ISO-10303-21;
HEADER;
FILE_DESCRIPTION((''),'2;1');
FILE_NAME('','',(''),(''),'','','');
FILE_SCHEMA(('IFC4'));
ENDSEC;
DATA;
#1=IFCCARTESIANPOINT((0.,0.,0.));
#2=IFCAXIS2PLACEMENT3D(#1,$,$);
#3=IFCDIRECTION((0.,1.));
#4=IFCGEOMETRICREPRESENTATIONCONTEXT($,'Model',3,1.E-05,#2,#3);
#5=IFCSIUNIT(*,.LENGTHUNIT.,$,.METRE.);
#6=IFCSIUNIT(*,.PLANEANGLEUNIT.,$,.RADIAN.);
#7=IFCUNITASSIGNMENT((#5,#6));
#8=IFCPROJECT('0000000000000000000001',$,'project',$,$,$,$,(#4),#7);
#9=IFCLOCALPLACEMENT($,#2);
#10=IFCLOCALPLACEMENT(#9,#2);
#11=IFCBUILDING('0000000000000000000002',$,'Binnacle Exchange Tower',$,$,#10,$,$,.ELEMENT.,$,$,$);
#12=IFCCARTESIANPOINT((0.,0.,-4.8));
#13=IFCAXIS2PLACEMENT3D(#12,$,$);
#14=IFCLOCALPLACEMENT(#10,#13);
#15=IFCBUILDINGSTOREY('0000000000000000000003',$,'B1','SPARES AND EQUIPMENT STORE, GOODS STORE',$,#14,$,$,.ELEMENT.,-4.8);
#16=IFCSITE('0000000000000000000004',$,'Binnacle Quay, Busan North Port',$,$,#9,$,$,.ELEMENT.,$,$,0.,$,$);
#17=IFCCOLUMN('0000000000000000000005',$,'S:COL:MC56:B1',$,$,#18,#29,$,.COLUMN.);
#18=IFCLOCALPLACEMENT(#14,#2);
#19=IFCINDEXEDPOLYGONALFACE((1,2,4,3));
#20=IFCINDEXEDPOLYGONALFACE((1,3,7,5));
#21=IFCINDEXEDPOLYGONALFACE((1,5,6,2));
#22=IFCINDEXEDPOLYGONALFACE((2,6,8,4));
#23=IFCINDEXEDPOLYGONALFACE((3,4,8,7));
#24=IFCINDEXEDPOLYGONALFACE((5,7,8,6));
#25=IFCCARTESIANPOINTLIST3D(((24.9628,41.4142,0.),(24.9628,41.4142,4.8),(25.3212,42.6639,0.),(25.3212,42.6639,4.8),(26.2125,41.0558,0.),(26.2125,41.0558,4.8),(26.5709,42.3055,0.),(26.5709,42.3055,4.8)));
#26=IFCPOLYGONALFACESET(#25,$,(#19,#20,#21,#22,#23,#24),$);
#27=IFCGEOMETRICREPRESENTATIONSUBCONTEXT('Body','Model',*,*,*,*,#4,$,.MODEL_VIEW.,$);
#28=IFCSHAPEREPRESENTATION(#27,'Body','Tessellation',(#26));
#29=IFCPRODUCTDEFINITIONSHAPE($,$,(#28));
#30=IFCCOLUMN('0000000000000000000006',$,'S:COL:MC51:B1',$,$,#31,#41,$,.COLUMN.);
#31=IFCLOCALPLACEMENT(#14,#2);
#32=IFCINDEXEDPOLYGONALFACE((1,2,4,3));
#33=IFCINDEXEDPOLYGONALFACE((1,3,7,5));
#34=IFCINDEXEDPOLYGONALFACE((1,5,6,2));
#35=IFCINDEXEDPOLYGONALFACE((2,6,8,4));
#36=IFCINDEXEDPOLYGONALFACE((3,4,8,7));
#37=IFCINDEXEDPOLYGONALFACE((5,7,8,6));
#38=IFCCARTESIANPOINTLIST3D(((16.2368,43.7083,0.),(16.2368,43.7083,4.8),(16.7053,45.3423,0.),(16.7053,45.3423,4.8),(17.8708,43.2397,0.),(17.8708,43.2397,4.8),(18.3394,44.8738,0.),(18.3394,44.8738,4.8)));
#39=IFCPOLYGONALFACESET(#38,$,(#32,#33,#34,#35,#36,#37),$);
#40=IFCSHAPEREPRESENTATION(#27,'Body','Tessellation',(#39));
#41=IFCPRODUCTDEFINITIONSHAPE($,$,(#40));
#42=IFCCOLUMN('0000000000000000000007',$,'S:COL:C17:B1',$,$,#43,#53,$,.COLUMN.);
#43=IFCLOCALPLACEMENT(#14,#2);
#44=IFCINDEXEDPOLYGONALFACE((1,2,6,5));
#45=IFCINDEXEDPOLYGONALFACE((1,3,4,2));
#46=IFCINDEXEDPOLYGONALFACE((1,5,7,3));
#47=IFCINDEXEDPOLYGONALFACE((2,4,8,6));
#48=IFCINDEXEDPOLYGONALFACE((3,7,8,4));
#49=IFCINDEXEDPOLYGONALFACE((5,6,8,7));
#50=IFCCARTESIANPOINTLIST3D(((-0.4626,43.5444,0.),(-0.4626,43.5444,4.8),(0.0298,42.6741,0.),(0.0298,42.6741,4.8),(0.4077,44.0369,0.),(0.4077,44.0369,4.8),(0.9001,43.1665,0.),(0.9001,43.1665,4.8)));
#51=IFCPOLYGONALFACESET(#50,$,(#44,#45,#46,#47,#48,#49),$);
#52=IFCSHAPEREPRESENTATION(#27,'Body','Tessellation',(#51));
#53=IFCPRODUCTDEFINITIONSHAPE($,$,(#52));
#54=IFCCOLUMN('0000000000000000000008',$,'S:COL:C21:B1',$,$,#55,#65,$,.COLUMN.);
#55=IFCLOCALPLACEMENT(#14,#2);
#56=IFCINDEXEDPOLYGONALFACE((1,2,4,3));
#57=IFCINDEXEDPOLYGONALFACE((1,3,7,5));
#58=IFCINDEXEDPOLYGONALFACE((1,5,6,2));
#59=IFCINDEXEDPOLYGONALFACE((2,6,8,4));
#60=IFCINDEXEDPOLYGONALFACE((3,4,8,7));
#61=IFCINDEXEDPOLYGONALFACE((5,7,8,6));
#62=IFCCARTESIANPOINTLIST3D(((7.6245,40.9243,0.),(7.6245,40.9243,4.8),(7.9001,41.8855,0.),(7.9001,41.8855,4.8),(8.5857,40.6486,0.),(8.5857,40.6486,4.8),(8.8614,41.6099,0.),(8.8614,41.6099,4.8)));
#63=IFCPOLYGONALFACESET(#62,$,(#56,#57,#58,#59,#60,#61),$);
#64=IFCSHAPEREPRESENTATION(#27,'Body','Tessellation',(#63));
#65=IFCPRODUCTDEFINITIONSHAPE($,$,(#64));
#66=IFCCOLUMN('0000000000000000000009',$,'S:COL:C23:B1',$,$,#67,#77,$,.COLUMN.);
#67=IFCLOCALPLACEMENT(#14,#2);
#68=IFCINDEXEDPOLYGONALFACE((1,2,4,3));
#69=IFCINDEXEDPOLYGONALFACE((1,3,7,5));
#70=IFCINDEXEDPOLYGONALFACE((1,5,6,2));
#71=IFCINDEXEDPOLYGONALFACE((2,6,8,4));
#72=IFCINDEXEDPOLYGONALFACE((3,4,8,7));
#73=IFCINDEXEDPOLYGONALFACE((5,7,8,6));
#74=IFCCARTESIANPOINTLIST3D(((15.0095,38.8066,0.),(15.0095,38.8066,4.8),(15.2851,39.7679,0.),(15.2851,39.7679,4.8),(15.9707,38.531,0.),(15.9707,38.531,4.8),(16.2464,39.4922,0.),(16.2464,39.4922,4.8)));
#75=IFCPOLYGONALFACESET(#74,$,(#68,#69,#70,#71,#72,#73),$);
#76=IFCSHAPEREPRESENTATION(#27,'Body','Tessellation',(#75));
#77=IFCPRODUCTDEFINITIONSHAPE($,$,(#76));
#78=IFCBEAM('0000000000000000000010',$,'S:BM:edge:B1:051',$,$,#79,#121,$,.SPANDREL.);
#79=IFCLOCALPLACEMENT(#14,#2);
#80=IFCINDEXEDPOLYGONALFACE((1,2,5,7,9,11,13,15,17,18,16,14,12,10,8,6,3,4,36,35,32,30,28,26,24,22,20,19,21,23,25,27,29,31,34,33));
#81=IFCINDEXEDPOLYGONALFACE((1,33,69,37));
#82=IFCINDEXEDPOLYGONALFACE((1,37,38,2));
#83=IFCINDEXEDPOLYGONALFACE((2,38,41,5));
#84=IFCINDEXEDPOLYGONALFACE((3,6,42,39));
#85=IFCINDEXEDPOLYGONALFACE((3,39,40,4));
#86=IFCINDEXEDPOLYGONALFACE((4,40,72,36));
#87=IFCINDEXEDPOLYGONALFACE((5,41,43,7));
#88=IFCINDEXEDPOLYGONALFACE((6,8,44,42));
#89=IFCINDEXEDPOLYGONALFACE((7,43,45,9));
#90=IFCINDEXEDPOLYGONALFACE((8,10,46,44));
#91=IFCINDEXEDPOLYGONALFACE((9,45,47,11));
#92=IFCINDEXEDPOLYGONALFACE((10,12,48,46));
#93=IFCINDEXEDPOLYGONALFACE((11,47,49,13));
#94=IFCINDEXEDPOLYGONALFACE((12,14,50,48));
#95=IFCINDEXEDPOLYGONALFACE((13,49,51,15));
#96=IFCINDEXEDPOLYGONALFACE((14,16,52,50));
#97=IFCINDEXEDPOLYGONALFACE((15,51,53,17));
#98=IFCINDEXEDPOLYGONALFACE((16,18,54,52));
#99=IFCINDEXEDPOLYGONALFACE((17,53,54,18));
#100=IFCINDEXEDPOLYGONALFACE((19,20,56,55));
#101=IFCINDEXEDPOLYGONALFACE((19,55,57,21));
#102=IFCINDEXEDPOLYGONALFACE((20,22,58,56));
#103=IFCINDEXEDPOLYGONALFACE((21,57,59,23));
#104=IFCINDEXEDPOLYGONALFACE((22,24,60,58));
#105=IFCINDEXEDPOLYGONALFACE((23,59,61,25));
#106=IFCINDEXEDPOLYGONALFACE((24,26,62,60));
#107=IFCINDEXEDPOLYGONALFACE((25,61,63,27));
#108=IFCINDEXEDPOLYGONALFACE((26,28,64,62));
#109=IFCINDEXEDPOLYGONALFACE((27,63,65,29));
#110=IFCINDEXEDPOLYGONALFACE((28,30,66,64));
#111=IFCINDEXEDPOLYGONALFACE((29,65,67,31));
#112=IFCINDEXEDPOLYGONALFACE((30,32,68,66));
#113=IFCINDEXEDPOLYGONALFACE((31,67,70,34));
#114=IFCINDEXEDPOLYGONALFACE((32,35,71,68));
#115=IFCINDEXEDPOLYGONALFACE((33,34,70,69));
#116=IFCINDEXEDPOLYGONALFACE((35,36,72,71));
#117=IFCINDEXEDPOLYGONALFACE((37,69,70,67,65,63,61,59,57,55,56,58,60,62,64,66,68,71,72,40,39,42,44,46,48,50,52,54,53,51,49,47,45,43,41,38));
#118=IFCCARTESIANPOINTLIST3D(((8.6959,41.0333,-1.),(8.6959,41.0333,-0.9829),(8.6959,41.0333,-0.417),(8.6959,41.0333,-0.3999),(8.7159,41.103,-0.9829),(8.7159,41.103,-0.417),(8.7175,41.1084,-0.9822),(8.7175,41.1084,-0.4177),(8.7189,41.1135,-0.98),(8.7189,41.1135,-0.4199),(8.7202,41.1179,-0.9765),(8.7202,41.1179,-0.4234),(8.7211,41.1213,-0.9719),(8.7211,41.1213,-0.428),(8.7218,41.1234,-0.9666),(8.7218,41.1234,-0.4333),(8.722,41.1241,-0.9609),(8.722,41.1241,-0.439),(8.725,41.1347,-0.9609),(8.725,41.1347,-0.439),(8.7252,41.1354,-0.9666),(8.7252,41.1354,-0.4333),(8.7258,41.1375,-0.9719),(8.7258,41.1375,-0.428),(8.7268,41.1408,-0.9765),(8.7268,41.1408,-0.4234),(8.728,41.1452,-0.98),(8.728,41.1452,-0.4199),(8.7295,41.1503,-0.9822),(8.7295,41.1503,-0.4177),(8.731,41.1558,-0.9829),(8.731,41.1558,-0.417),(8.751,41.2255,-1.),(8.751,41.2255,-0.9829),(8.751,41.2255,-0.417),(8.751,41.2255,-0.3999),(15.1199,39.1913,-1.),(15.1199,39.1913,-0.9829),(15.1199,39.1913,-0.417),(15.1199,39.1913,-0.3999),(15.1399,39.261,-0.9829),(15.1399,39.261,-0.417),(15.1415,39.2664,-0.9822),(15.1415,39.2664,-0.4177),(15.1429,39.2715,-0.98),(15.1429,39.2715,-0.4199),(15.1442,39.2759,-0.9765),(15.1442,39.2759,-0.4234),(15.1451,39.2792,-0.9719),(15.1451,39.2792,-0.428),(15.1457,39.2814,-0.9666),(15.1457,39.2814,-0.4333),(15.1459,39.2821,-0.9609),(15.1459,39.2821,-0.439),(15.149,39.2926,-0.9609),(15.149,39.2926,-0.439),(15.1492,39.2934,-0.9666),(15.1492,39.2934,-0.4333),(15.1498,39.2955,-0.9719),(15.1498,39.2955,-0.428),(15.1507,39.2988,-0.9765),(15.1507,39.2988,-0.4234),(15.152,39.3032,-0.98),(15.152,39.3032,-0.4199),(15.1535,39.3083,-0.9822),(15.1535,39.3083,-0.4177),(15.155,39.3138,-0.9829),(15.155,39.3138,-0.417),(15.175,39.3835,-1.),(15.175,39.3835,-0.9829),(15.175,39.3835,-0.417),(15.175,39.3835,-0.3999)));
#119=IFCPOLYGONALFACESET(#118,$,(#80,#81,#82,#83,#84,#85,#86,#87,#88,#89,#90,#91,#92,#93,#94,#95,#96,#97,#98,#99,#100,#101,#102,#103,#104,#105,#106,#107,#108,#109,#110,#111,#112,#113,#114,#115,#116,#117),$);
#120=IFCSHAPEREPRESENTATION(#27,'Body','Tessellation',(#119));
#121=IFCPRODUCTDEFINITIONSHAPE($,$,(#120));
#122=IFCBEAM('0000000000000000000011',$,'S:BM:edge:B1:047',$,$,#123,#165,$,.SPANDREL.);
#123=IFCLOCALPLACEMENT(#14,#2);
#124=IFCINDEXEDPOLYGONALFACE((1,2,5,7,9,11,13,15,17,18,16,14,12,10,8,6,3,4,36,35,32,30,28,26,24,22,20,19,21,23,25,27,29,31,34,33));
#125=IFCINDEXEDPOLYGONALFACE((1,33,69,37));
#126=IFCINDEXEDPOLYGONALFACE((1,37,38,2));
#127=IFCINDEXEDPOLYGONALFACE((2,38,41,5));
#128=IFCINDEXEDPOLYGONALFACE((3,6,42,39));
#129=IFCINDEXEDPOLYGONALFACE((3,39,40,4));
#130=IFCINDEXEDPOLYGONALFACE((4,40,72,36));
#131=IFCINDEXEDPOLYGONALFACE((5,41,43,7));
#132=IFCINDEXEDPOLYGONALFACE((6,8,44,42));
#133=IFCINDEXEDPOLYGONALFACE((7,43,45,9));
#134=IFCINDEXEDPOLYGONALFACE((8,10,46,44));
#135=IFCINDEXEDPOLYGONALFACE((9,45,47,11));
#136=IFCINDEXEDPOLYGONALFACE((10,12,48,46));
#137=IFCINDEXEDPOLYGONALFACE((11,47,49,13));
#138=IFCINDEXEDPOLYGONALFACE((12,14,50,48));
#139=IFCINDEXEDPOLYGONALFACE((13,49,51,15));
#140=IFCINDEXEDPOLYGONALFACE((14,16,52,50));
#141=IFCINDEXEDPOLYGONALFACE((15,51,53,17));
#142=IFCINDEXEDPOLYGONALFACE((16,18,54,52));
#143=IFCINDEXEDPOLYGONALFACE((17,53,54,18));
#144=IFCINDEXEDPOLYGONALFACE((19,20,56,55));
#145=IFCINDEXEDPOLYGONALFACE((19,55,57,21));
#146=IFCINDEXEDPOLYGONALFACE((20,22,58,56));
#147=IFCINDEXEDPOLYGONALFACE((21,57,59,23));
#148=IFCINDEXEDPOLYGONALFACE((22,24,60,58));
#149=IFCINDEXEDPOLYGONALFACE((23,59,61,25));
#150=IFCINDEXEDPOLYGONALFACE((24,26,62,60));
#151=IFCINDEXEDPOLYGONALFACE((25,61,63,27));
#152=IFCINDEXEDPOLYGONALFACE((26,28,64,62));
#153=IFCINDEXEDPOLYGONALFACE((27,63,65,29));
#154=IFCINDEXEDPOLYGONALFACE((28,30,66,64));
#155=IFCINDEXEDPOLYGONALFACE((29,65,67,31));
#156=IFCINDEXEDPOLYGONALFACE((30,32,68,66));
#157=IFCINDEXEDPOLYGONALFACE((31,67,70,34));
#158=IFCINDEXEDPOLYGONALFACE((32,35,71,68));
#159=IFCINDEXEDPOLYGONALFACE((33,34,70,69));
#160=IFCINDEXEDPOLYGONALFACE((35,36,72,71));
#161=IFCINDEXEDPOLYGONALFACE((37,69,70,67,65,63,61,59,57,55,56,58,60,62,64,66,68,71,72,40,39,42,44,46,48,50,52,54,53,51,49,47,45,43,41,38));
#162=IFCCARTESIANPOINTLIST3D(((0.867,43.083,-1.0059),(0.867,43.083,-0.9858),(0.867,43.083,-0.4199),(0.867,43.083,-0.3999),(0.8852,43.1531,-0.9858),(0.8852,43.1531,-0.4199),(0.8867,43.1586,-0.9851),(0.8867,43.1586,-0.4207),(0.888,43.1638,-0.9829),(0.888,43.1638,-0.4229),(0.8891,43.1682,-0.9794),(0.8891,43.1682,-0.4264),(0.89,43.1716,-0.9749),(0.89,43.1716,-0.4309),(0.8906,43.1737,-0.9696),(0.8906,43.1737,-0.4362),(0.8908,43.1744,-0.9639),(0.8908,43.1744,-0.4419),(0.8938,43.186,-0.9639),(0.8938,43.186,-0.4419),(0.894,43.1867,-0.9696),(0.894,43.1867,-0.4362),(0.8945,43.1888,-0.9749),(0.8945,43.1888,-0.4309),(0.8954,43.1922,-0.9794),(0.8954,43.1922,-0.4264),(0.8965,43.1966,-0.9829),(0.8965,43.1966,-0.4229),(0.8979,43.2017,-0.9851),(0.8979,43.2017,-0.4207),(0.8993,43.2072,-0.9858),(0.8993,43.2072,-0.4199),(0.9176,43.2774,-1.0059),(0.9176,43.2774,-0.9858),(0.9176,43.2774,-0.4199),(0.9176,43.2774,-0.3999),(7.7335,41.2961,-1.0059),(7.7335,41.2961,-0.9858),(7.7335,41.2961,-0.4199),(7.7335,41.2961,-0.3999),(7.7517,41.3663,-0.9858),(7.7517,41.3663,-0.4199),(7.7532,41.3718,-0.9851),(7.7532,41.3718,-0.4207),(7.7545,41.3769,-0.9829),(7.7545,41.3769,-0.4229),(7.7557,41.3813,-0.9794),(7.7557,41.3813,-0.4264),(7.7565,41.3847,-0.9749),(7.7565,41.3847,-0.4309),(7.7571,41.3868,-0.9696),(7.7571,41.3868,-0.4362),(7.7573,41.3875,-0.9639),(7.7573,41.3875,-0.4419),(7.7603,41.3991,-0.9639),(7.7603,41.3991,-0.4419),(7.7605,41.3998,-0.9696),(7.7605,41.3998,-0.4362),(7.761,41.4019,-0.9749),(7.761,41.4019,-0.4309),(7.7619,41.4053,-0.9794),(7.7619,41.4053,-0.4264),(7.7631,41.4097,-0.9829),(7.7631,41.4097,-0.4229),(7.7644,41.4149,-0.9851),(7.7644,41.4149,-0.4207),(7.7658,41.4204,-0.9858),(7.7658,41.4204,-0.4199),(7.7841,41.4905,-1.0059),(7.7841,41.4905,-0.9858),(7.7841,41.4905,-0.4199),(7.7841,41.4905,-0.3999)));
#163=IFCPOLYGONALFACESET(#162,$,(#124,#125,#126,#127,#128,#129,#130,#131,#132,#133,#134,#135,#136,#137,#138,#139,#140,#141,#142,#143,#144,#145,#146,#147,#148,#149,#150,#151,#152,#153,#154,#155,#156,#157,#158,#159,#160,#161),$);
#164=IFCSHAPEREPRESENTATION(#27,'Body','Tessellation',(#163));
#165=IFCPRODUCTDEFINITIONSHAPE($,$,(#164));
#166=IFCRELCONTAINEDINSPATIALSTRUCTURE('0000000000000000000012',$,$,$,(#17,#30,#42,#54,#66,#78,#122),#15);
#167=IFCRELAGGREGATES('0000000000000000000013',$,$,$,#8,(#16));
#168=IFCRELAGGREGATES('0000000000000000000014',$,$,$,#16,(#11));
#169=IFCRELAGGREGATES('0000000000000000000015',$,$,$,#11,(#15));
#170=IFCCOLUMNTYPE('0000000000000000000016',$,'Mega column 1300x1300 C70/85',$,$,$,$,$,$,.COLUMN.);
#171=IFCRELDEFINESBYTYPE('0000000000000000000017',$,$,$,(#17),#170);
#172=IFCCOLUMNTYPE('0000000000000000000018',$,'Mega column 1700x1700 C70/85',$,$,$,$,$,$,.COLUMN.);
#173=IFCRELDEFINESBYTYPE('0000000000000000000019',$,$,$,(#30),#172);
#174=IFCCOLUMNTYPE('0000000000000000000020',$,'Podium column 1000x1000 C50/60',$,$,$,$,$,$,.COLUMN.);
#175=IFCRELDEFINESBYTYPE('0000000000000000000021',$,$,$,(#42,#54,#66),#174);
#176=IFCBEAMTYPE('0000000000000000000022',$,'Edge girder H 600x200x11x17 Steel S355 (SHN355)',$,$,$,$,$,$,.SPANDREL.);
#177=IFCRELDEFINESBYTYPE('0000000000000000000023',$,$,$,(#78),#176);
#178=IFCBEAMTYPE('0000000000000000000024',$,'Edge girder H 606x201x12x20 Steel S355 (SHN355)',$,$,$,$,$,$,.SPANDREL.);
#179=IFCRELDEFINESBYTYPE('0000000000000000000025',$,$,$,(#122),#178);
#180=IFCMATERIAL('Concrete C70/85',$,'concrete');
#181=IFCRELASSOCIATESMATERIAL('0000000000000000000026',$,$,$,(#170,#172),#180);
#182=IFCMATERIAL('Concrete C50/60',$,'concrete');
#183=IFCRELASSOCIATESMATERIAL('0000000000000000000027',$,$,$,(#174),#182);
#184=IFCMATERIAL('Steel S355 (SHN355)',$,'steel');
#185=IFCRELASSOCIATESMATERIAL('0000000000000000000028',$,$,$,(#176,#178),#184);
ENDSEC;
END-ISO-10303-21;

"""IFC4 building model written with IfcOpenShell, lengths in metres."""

from ifc_helpers import new_model, si_unit, direction, frame, origin, origin_2d, place, context, subcontext, project, spatial, rectangle, i_section, extrude, material, material_profile, profile_set, type_object, element, save


model = new_model("IFC4")

# Units and contexts
model_context = context("Model", 3, precision=1e-05, world=origin(), true_north=direction((0.0, 1.0)))
body_context = subcontext(model_context, "Body", "Model", "MODEL_VIEW")
ifc_project = project(units=[si_unit("LENGTHUNIT", "METRE"), si_unit("PLANEANGLEUNIT", "RADIAN")], contexts=[model_context])

# Site, building, storey
site_placement = place(None, origin())
site = spatial("IfcSite", under=ifc_project, at=site_placement, Name="Binnacle Quay, Busan North Port", CompositionType="ELEMENT", RefElevation=0.0)
building_placement = place(site_placement, origin())
building = spatial("IfcBuilding", under=site, at=building_placement, Name="Binnacle Exchange Tower", CompositionType="ELEMENT")
storey_placement = place(building_placement, frame((0.0, 0.0, -4.8)))
storey = spatial("IfcBuildingStorey", under=building, at=storey_placement, Name="B1", Description="SPARES AND EQUIPMENT STORE, GOODS STORE", CompositionType="ELEMENT", Elevation=-4.8)

# Columns
ifc_material_1 = material(Name="Concrete C70/85", Category="concrete")
ifc_material_profile_1 = material_profile(ifc_material_1, rectangle(XDim=1.3, YDim=1.3, at=origin_2d()), Name="Mega column 1300x1300 C70/85")
ifc_profile_set_1 = profile_set([ifc_material_profile_1], Name="Concrete C70/85")
column_type_1 = type_object("IfcColumnType", Name="Mega column 1300x1300 C70/85", PredefinedType="COLUMN", material=ifc_profile_set_1)
column_1_placement = place(storey_placement, frame((25.7668, 41.8599, 0.0), z_axis=(0.0, 0.0, 1.0), x_axis=(0.961262, -0.275637, 0.0)))
element("IfcColumn", 1, at=column_1_placement, inside=storey, type_object=column_type_1, Name="S:COL:MC56:B1", PredefinedType="COLUMN", context=body_context, shape_type="SweptSolid", body=[
    extrude(rectangle(XDim=1.3, YDim=1.3, at=origin_2d()), origin(), (0.0, 0.0, 1.0), 4.8),
])
ifc_material_profile_2 = material_profile(ifc_material_1, rectangle(XDim=1.7, YDim=1.7, at=origin_2d()), Name="Mega column 1700x1700 C70/85")
ifc_profile_set_2 = profile_set([ifc_material_profile_2], Name="Concrete C70/85")
column_type_2 = type_object("IfcColumnType", Name="Mega column 1700x1700 C70/85", PredefinedType="COLUMN", material=ifc_profile_set_2)
column_2_placement = place(storey_placement, frame((17.2881, 44.291, 0.0), z_axis=(0.0, 0.0, 1.0), x_axis=(0.961262, -0.275637, 0.0)))
element("IfcColumn", 2, at=column_2_placement, inside=storey, type_object=column_type_2, Name="S:COL:MC51:B1", PredefinedType="COLUMN", context=body_context, shape_type="SweptSolid", body=[
    extrude(rectangle(XDim=1.7, YDim=1.7, at=origin_2d()), origin(), (0.0, 0.0, 1.0), 4.8),
])
ifc_material_2 = material(Name="Concrete C50/60", Category="concrete")
ifc_material_profile_3 = material_profile(ifc_material_2, rectangle(XDim=1.0, YDim=1.0, at=origin_2d()), Name="Podium column 1000x1000 C50/60")
ifc_profile_set_3 = profile_set([ifc_material_profile_3], Name="Concrete C50/60")
column_type_3 = type_object("IfcColumnType", Name="Podium column 1000x1000 C50/60", PredefinedType="COLUMN", material=ifc_profile_set_3)
for number, where, z_axis, x_axis, name in (
    (3, (0.2188, 43.3555, 0.0), (0.0, 0.0, 1.0), (0.870356, 0.492424, 0.0), "S:COL:C17:B1"),
    (4, (8.2429, 41.2671, 0.0), (0.0, 0.0, 1.0), (0.961262, -0.275637, 0.0), "S:COL:C21:B1"),
    (5, (15.6279, 39.1494, 0.0), (0.0, 0.0, 1.0), (0.961262, -0.275637, 0.0), "S:COL:C23:B1"),
):
    element("IfcColumn", number, at=place(storey_placement, frame(where, z_axis=z_axis, x_axis=x_axis)), inside=storey, type_object=column_type_3, Name=name, PredefinedType="COLUMN", context=body_context, shape_type="SweptSolid", body=[
        extrude(rectangle(XDim=1.0, YDim=1.0, at=origin_2d()), origin(), (0.0, 0.0, 1.0), 4.8),
    ])

# Beams
ifc_material_3 = material(Name="Steel S355 (SHN355)", Category="steel")
ifc_material_profile_4 = material_profile(ifc_material_3, i_section(OverallWidth=0.2, OverallDepth=0.6001, WebThickness=0.011, FlangeThickness=0.0171, FilletRadius=0.022, at=origin_2d()), Name="H 600x200x11x17")
ifc_profile_set_4 = profile_set([ifc_material_profile_4], Name="Steel S355 (SHN355)")
beam_type_1 = type_object("IfcBeamType", Name="Edge girder H 600x200x11x17 Steel S355 (SHN355)", PredefinedType="SPANDREL", material=ifc_profile_set_4)
beam_1_placement = place(storey_placement, frame((15.1475, 39.2874, -0.7), z_axis=(-0.961263, 0.275633, 0.0), x_axis=(-0.275633, -0.961263, 0.0)))
element("IfcBeam", 6, at=beam_1_placement, inside=storey, type_object=beam_type_1, Name="S:BM:edge:B1:051", PredefinedType="SPANDREL", context=body_context, shape_type="SweptSolid", body=[
    extrude(i_section(OverallWidth=0.2, OverallDepth=0.6001, WebThickness=0.011, FlangeThickness=0.0171, FilletRadius=0.022, at=origin_2d()), origin(), (0.0, 0.0, 1.0), 6.6829),
])
ifc_material_profile_5 = material_profile(ifc_material_3, i_section(OverallWidth=0.2009, OverallDepth=0.606, WebThickness=0.012, FlangeThickness=0.02, FilletRadius=0.022, at=origin_2d()), Name="H 606x201x12x20")
ifc_profile_set_5 = profile_set([ifc_material_profile_5], Name="Steel S355 (SHN355)")
beam_type_2 = type_object("IfcBeamType", Name="Edge girder H 606x201x12x20 Steel S355 (SHN355)", PredefinedType="SPANDREL", material=ifc_profile_set_5)
beam_2_placement = place(storey_placement, frame((7.7588, 41.3933, -0.7029), z_axis=(-0.967768, 0.251843, 0.0), x_axis=(-0.251843, -0.967768, 0.0)))
element("IfcBeam", 7, at=beam_2_placement, inside=storey, type_object=beam_type_2, Name="S:BM:edge:B1:047", PredefinedType="SPANDREL", context=body_context, shape_type="SweptSolid", body=[
    extrude(i_section(OverallWidth=0.2009, OverallDepth=0.606, WebThickness=0.012, FlangeThickness=0.02, FilletRadius=0.022, at=origin_2d()), origin(), (0.0, 0.0, 1.0), 7.0952),
])

save(model, "model.ifc")
